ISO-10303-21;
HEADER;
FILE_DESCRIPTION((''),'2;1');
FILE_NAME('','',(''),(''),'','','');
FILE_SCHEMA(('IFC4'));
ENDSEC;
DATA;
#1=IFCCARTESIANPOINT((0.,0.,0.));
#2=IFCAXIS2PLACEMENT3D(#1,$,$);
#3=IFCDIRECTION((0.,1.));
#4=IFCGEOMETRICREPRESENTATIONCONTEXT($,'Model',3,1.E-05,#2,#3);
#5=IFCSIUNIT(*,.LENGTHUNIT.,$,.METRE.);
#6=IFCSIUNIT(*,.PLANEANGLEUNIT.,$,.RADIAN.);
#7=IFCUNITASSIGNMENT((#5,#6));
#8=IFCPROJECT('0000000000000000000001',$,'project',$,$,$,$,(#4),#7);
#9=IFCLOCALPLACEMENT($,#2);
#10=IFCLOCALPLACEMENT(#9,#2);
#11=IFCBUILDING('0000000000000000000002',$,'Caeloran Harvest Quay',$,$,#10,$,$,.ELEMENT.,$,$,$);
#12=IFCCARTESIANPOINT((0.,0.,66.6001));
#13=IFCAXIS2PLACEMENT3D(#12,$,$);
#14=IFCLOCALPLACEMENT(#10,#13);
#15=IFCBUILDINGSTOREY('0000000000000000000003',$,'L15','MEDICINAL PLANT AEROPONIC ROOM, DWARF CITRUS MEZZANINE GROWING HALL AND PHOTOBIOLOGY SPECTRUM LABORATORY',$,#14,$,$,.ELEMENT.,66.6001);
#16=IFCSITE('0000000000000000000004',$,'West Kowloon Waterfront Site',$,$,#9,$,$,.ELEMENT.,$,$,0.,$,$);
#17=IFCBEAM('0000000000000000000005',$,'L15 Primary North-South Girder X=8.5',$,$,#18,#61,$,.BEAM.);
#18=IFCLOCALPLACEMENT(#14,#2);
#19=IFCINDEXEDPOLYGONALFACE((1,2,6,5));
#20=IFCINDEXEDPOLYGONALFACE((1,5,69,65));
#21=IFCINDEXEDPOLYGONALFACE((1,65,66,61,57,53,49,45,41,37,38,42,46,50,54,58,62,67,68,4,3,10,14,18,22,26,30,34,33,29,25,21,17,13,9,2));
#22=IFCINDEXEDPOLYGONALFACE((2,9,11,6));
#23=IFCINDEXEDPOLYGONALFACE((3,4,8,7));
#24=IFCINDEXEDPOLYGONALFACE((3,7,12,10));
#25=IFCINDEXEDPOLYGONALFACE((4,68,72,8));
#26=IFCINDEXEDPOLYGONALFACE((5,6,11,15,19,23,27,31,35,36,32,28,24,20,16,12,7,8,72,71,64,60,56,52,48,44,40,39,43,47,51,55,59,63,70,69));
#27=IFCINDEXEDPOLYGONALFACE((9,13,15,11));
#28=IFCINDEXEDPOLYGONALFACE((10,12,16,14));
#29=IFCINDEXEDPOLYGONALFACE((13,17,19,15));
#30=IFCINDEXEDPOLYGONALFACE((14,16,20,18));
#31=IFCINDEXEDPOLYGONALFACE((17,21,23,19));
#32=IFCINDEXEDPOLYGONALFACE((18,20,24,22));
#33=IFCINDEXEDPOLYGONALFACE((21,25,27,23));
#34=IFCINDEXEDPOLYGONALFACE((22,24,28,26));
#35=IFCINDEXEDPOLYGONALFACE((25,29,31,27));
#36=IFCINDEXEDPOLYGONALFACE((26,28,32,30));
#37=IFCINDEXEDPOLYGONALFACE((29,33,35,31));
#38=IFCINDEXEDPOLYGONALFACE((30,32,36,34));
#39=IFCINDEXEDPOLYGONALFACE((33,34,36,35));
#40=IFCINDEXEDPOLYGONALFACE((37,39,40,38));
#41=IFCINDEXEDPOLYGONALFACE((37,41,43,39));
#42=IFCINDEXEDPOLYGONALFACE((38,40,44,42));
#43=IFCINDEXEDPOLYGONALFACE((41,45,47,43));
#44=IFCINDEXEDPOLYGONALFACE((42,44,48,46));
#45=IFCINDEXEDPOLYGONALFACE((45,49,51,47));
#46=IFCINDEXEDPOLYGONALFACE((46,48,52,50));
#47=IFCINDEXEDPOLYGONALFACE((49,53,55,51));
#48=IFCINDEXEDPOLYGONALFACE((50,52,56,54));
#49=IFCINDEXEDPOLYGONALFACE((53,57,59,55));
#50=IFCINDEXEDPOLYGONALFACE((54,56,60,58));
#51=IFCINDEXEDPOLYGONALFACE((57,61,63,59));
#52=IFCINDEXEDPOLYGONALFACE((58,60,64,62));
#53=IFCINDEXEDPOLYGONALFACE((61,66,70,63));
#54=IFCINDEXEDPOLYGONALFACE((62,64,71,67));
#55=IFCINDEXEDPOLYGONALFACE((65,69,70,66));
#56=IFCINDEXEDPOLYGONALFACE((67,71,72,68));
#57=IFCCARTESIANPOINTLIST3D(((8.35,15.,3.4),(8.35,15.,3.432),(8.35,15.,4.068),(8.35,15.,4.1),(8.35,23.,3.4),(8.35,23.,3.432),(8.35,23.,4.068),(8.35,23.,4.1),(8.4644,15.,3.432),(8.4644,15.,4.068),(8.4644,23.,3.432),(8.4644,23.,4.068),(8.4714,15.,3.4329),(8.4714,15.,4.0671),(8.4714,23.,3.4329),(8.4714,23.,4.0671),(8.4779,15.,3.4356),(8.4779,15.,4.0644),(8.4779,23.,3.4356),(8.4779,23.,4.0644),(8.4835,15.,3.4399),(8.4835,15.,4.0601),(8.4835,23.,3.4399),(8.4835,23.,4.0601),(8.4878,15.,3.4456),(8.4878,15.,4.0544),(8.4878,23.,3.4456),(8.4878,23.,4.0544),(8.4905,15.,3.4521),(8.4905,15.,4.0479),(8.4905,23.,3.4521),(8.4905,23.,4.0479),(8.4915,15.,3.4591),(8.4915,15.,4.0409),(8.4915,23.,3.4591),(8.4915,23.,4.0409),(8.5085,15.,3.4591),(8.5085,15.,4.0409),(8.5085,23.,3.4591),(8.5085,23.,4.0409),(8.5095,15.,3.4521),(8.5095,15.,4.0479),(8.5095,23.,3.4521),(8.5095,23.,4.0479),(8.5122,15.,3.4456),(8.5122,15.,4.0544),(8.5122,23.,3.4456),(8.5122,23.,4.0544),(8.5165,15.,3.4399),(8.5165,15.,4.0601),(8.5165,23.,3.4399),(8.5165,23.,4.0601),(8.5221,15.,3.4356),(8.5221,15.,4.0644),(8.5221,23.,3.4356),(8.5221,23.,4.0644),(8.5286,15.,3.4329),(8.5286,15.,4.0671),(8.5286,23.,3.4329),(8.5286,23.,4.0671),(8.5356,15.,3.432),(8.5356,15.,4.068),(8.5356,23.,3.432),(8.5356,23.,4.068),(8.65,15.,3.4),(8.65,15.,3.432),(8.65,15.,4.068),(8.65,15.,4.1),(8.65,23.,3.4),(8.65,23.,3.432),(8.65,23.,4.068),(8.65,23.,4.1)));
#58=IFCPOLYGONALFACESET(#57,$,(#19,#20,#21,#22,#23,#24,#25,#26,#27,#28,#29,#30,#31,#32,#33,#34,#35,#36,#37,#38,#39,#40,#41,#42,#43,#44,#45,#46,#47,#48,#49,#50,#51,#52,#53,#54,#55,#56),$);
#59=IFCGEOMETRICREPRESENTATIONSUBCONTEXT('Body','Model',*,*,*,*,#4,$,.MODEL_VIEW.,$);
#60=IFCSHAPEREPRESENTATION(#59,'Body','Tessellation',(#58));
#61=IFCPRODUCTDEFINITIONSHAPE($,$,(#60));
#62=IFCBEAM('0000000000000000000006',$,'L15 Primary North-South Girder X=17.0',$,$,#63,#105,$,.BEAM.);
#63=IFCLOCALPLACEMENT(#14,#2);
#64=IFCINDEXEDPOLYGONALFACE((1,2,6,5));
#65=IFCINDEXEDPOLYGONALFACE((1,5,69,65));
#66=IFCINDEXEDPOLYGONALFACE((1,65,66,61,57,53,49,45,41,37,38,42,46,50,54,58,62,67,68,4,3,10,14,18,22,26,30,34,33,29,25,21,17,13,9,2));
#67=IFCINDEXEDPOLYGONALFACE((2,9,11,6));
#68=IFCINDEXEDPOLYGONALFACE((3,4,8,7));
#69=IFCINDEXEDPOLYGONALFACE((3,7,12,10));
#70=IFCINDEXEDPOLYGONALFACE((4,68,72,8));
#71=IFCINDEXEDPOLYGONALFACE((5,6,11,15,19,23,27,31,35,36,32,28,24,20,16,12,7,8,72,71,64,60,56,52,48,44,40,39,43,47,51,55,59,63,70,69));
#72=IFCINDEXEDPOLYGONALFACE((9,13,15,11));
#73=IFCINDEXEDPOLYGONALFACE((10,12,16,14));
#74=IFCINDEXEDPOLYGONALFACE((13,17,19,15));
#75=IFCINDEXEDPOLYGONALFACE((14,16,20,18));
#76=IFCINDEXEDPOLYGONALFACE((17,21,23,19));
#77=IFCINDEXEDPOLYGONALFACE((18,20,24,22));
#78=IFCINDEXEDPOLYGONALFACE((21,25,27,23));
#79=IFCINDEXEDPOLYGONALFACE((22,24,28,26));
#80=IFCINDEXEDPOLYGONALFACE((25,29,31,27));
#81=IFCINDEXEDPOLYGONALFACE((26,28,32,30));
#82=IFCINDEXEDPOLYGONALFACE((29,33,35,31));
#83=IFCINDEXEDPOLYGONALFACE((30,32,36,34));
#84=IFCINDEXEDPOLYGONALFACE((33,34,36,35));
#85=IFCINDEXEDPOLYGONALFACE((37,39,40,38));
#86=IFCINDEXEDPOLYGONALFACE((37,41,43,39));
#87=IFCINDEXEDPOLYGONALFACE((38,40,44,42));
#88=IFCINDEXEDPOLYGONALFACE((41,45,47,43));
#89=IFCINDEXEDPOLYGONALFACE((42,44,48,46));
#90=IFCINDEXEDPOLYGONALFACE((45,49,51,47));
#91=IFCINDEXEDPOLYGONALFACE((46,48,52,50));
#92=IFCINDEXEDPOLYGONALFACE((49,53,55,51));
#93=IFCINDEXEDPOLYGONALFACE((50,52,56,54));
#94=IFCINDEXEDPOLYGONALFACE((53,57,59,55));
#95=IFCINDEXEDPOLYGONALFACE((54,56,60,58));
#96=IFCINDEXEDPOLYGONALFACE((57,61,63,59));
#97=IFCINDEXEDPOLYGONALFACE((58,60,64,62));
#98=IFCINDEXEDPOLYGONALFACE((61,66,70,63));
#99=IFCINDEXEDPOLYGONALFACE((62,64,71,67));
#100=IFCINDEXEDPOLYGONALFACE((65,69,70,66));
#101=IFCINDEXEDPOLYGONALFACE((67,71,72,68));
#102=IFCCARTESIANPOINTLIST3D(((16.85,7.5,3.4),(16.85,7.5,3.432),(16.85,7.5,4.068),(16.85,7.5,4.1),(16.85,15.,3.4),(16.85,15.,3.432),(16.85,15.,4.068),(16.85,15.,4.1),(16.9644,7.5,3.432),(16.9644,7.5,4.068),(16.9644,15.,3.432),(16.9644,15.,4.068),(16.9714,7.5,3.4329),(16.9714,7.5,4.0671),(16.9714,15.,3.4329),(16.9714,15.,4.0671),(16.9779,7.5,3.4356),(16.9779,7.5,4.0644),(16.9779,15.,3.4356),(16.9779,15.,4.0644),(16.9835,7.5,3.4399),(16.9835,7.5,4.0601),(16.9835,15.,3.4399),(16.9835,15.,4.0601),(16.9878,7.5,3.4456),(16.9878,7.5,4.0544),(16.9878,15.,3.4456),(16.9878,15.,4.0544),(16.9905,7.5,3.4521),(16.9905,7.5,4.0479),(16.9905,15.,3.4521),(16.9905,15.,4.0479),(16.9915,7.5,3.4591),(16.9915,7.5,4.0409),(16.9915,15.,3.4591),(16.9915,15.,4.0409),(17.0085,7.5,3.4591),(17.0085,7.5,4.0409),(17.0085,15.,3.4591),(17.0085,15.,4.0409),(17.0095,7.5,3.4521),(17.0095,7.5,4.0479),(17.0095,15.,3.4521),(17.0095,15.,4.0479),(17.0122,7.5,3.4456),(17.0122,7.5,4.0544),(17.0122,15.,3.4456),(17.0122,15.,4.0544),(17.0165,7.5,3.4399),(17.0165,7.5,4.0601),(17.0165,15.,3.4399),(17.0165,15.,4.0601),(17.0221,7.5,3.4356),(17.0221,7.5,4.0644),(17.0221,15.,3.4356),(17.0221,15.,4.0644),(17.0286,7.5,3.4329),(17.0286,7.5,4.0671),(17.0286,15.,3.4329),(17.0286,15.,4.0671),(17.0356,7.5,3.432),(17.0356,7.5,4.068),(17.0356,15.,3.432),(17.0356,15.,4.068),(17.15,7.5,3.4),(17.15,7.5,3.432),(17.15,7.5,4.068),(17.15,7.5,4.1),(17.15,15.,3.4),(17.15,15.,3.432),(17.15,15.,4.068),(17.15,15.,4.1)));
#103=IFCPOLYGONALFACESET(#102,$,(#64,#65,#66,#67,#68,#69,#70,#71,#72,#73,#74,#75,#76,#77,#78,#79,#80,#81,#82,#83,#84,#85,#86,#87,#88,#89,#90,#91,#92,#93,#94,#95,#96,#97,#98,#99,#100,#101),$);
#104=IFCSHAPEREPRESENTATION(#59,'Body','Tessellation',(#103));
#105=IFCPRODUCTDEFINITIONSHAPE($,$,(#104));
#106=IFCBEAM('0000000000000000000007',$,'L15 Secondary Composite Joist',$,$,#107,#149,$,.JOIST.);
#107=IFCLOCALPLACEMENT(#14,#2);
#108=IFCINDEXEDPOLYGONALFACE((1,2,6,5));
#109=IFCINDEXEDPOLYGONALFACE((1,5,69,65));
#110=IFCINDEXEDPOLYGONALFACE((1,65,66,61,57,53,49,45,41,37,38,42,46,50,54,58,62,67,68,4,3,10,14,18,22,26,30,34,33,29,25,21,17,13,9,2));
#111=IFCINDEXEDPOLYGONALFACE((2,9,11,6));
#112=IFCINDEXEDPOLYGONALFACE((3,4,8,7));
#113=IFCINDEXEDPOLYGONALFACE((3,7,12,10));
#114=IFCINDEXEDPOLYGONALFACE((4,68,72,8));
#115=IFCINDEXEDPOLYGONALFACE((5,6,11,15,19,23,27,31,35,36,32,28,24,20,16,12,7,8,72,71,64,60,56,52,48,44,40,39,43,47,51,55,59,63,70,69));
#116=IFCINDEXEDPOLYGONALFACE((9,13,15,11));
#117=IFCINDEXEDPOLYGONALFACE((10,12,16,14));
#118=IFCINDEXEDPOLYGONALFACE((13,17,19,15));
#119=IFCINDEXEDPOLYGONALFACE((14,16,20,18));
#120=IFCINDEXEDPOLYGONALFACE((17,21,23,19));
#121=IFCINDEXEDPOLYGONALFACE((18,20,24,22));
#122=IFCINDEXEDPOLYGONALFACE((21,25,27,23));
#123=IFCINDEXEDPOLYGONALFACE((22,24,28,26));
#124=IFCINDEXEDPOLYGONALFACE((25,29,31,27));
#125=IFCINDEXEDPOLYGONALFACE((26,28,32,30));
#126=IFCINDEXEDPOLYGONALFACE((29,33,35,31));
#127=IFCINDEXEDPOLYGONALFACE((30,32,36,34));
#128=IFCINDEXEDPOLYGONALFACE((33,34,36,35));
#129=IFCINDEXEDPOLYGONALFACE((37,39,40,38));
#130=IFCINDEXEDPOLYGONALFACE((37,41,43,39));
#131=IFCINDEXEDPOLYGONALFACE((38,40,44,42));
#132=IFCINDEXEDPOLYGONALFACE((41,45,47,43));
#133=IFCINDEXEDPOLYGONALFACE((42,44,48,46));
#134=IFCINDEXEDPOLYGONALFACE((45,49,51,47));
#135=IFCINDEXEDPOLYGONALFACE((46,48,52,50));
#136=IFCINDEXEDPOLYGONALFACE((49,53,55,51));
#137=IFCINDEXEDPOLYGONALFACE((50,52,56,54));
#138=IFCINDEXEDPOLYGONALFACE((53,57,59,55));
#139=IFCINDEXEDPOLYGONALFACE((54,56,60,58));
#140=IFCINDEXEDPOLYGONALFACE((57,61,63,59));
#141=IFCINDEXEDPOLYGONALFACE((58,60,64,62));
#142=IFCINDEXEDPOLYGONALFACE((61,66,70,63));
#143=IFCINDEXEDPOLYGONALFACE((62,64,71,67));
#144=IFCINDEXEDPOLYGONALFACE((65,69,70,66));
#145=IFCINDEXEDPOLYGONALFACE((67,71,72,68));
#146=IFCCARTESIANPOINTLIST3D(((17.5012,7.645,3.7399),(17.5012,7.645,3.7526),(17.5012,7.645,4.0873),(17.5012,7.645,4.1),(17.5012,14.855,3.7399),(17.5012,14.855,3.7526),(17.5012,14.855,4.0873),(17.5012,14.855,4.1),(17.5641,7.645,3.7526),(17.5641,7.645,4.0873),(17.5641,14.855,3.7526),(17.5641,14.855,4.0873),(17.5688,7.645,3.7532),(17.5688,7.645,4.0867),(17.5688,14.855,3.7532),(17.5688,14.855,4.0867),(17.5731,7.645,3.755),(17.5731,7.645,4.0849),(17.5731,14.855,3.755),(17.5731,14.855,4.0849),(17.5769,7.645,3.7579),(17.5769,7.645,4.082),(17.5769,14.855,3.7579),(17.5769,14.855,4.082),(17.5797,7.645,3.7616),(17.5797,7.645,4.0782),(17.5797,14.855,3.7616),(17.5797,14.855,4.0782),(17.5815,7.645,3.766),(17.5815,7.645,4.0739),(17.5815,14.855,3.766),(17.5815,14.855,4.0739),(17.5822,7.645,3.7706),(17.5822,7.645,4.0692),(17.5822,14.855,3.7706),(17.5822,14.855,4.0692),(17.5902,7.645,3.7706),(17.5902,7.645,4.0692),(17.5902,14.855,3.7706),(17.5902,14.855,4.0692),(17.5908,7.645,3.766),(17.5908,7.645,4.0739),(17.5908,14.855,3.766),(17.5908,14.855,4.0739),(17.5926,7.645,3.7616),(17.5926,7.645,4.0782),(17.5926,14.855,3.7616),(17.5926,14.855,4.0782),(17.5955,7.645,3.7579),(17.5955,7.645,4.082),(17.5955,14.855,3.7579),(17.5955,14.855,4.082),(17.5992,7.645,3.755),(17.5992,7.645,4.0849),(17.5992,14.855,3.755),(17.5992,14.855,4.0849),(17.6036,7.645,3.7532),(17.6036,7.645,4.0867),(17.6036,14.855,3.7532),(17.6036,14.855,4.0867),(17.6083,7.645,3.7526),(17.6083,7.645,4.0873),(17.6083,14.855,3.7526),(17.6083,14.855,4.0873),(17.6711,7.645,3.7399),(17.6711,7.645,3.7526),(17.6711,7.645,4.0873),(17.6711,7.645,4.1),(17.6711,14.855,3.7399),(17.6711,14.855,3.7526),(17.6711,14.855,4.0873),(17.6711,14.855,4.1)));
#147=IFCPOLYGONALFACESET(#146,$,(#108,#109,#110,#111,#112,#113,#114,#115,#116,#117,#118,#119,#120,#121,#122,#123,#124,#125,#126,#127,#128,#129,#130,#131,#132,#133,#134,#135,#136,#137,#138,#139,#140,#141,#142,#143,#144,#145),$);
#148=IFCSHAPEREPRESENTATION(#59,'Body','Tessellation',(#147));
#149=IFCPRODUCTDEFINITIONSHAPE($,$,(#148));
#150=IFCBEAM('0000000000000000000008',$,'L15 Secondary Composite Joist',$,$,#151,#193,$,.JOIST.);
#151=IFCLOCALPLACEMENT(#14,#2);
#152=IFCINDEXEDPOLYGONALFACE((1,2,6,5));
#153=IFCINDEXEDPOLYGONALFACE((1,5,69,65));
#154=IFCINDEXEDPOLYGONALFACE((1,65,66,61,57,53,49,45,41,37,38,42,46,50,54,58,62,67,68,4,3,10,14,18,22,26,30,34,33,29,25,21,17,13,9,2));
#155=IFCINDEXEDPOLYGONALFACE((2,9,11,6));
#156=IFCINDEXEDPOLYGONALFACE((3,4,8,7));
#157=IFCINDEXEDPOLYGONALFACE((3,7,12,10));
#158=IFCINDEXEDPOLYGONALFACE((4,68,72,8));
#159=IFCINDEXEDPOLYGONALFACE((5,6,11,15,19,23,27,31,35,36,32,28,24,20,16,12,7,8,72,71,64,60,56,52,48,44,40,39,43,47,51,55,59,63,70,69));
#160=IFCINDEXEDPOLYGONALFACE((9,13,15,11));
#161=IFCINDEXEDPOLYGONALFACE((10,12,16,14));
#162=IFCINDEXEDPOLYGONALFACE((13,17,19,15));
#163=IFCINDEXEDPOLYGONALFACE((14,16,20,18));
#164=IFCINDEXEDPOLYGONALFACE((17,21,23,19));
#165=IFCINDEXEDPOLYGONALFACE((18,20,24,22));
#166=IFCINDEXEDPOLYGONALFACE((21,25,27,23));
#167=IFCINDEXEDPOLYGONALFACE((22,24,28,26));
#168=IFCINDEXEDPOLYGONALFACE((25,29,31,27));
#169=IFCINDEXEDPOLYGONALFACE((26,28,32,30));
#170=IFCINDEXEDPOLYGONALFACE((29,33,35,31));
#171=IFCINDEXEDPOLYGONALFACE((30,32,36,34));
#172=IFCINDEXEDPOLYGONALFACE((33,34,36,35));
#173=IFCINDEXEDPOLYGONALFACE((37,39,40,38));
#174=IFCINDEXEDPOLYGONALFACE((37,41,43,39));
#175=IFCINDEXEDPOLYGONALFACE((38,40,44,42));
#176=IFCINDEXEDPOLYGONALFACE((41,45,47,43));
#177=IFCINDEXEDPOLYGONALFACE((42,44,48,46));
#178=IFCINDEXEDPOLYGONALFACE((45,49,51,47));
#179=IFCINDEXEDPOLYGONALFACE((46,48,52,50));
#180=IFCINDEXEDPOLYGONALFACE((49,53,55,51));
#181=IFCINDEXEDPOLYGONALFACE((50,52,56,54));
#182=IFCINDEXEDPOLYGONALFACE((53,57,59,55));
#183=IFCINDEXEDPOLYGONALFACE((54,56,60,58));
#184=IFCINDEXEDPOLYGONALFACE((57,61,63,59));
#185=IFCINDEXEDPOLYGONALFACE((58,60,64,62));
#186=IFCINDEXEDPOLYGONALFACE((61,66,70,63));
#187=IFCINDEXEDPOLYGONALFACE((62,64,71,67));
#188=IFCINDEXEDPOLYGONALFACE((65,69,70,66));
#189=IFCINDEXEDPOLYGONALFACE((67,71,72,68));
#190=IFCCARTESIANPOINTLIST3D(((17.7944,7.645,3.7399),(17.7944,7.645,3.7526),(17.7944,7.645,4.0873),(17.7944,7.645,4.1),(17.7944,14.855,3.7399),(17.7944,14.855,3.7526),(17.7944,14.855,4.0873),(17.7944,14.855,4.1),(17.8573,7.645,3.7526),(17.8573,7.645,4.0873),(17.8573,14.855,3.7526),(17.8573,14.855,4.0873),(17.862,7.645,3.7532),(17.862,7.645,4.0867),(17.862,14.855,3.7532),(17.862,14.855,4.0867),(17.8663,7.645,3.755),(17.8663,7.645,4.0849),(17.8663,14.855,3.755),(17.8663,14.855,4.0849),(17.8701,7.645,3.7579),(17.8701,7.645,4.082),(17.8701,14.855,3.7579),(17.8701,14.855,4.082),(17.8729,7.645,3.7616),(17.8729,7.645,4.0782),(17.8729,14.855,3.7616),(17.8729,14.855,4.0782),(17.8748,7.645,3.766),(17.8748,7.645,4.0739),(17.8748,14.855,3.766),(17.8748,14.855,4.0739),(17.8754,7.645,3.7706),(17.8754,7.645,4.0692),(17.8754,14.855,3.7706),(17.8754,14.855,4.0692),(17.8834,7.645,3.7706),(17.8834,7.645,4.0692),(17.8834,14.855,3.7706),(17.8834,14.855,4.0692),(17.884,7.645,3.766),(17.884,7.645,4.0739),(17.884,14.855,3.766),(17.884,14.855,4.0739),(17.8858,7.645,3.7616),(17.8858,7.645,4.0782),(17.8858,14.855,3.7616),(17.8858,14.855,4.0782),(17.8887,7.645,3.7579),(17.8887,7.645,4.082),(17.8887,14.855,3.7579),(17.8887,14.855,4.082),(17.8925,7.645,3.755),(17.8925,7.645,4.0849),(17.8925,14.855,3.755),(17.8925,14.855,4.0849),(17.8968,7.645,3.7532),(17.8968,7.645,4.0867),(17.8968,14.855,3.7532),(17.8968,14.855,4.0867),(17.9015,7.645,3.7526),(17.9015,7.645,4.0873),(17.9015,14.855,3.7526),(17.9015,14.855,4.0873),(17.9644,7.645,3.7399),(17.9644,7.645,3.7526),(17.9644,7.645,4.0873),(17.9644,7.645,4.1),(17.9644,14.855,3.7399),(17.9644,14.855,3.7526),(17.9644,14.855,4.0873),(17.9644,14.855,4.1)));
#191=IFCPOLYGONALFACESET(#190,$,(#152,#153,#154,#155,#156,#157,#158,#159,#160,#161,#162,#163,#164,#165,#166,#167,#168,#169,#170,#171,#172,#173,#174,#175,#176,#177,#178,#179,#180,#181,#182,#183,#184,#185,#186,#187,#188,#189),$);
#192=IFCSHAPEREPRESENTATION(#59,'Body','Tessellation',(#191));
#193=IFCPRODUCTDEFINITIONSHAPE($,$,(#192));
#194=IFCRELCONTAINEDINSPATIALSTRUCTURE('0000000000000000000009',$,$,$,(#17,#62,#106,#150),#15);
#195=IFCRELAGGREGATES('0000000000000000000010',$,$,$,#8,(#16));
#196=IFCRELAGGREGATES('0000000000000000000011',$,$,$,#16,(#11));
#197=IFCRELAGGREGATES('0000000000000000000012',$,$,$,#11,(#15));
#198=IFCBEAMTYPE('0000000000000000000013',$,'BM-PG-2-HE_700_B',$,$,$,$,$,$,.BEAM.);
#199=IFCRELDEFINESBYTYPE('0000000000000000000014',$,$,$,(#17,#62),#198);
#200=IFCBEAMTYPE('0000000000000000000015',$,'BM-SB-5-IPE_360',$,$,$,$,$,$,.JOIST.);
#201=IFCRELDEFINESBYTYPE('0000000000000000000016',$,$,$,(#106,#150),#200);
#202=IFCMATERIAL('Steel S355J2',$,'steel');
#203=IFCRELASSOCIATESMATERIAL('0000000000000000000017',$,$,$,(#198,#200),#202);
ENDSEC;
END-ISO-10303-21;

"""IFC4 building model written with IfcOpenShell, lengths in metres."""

from ifc_helpers import new_model, si_unit, direction, frame, origin, origin_2d, place, context, subcontext, project, spatial, i_section, extrude, material, material_profile, profile_set, type_object, element, save


model = new_model("IFC4")

# Units and contexts
model_context = context("Model", 3, precision=1e-05, world=origin(), true_north=direction((0.0, 1.0)))
body_context = subcontext(model_context, "Body", "Model", "MODEL_VIEW")
ifc_project = project(units=[si_unit("LENGTHUNIT", "METRE"), si_unit("PLANEANGLEUNIT", "RADIAN")], contexts=[model_context])

# Site, building, storey
site_placement = place(None, origin())
site = spatial("IfcSite", under=ifc_project, at=site_placement, Name="West Kowloon Waterfront Site", CompositionType="ELEMENT", RefElevation=0.0)
building_placement = place(site_placement, origin())
building = spatial("IfcBuilding", under=site, at=building_placement, Name="Caeloran Harvest Quay", CompositionType="ELEMENT")
storey_placement = place(building_placement, frame((0.0, 0.0, 66.6001)))
storey = spatial("IfcBuildingStorey", under=building, at=storey_placement, Name="L15", Description="MEDICINAL PLANT AEROPONIC ROOM, DWARF CITRUS MEZZANINE GROWING HALL AND PHOTOBIOLOGY SPECTRUM LABORATORY", CompositionType="ELEMENT", Elevation=66.6001)

# Beams
ifc_material_1 = material(Name="Steel S355J2", Category="steel")
ifc_material_profile_1 = material_profile(ifc_material_1, i_section(OverallWidth=0.3, OverallDepth=0.7, WebThickness=0.0171, FlangeThickness=0.032, FilletRadius=0.0271, at=origin_2d()), Name="HE 700 B")
ifc_profile_set_1 = profile_set([ifc_material_profile_1], Name="Steel S355J2")
beam_type_1 = type_object("IfcBeamType", Name="BM-PG-2-HE_700_B", PredefinedType="BEAM", material=ifc_profile_set_1)
beam_1_placement = place(storey_placement, frame((8.5, 15.0, 3.75), z_axis=(0.0, 1.0, 0.0), x_axis=(-1.0, 0.0, 0.0)))
element("IfcBeam", 1, at=beam_1_placement, inside=storey, type_object=beam_type_1, Name="L15 Primary North-South Girder X=8.5", PredefinedType="BEAM", context=body_context, shape_type="SweptSolid", body=[
    extrude(i_section(OverallWidth=0.3, OverallDepth=0.7, WebThickness=0.0171, FlangeThickness=0.032, FilletRadius=0.0271, at=origin_2d()), origin(), (0.0, 0.0, 1.0), 8.0),
])
beam_2_placement = place(storey_placement, frame((17.0, 7.5, 3.75), z_axis=(0.0, 1.0, 0.0), x_axis=(-1.0, 0.0, 0.0)))
element("IfcBeam", 2, at=beam_2_placement, inside=storey, type_object=beam_type_1, Name="L15 Primary North-South Girder X=17.0", PredefinedType="BEAM", context=body_context, shape_type="SweptSolid", body=[
    extrude(i_section(OverallWidth=0.3, OverallDepth=0.7, WebThickness=0.0171, FlangeThickness=0.032, FilletRadius=0.0271, at=origin_2d()), origin(), (0.0, 0.0, 1.0), 7.5),
])
ifc_material_profile_2 = material_profile(ifc_material_1, i_section(OverallWidth=0.1699, OverallDepth=0.3601, WebThickness=0.0081, FlangeThickness=0.0127, FilletRadius=0.0181, at=origin_2d()), Name="IPE 360")
ifc_profile_set_2 = profile_set([ifc_material_profile_2], Name="Steel S355J2")
beam_type_2 = type_object("IfcBeamType", Name="BM-SB-5-IPE_360", PredefinedType="JOIST", material=ifc_profile_set_2)
for number, where, z_axis, x_axis, name in (
    (3, (17.5862, 7.645, 3.9199), (0.0, 1.0, 0.0), (-1.0, 0.0, 0.0), "L15 Secondary Composite Joist"),
    (4, (17.8794, 7.645, 3.9199), (0.0, 1.0, 0.0), (-1.0, 0.0, 0.0), "L15 Secondary Composite Joist"),
):
    element("IfcBeam", number, at=place(storey_placement, frame(where, z_axis=z_axis, x_axis=x_axis)), inside=storey, type_object=beam_type_2, Name=name, PredefinedType="JOIST", context=body_context, shape_type="SweptSolid", body=[
        extrude(i_section(OverallWidth=0.1699, OverallDepth=0.3601, WebThickness=0.0081, FlangeThickness=0.0127, FilletRadius=0.0181, at=origin_2d()), origin(), (0.0, 0.0, 1.0), 7.21),
    ])

save(model, "model.ifc")
